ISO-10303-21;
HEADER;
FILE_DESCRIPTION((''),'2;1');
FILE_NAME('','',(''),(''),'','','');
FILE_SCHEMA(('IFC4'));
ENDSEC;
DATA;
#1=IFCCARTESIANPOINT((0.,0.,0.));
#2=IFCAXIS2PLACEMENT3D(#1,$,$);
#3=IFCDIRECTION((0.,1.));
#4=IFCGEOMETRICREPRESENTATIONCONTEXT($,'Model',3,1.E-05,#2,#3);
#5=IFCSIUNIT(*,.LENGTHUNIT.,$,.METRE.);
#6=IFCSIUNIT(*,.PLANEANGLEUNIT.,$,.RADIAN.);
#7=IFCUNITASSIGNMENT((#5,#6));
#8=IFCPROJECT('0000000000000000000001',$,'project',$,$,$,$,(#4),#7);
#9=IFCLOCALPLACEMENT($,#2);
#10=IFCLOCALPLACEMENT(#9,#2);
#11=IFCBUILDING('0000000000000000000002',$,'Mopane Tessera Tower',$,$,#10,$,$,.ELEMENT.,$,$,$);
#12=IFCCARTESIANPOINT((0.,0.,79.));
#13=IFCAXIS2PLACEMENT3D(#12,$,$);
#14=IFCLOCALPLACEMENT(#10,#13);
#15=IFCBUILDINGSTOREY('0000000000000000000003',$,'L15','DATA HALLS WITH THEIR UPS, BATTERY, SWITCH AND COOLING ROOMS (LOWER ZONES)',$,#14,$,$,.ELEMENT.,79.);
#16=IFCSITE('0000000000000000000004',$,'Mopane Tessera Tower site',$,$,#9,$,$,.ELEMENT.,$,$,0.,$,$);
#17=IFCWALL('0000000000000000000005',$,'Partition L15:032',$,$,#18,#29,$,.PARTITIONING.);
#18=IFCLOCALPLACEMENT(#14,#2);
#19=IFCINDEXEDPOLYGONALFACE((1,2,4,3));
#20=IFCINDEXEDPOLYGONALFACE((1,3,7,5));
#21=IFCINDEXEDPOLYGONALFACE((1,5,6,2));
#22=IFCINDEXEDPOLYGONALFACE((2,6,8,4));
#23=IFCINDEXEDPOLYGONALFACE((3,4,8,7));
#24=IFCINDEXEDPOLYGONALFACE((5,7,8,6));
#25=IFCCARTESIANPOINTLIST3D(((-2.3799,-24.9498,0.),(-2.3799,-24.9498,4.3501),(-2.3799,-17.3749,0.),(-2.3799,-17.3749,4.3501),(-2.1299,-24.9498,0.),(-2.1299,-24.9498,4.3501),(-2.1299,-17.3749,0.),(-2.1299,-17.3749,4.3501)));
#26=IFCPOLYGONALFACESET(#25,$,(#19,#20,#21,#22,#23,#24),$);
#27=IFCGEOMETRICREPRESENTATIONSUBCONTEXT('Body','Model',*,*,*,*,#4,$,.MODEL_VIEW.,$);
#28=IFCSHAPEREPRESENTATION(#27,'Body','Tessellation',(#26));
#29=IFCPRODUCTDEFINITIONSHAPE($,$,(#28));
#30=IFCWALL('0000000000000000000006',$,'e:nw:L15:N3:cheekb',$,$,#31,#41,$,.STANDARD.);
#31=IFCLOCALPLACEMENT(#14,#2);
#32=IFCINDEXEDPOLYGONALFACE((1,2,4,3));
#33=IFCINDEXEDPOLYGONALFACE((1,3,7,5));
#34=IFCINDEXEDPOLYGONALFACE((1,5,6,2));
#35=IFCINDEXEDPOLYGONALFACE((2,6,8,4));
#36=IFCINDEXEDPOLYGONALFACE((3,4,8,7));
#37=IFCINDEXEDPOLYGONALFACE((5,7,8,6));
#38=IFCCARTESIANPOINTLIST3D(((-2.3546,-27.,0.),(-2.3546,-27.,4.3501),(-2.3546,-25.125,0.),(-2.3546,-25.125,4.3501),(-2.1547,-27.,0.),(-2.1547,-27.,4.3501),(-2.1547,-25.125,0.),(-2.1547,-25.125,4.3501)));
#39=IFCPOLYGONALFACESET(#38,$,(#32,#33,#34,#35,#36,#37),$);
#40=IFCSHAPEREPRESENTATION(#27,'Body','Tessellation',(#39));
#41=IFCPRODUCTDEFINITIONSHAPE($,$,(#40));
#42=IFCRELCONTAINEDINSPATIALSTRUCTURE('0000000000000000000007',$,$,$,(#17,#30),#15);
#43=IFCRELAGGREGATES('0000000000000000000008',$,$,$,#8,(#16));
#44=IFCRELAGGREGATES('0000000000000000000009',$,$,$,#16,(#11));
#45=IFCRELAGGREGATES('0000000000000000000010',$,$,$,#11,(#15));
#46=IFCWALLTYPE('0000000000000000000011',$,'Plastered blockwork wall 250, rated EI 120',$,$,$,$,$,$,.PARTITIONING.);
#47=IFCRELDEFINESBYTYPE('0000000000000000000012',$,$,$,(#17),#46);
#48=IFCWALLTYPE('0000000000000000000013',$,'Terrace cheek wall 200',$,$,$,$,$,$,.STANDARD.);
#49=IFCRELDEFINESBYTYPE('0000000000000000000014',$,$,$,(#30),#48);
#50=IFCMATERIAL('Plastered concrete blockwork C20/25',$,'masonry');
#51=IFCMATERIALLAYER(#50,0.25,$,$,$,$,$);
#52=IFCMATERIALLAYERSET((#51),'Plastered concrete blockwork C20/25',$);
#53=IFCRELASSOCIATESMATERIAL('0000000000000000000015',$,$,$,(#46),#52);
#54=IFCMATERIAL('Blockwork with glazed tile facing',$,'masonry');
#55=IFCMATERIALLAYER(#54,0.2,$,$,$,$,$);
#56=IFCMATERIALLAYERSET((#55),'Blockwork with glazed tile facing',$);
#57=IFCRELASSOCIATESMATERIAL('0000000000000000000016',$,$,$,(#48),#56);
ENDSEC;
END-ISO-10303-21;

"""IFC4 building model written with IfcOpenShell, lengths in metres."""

from ifc_helpers import new_model, si_unit, direction, frame, frame_2d, origin, place, context, subcontext, project, spatial, rectangle, extrude, material, layer, layer_set, type_object, element, save


model = new_model("IFC4")

# Units and contexts
model_context = context("Model", 3, precision=1e-05, world=origin(), true_north=direction((0.0, 1.0)))
body_context = subcontext(model_context, "Body", "Model", "MODEL_VIEW")
ifc_project = project(units=[si_unit("LENGTHUNIT", "METRE"), si_unit("PLANEANGLEUNIT", "RADIAN")], contexts=[model_context])

# Site, building, storey
site_placement = place(None, origin())
site = spatial("IfcSite", under=ifc_project, at=site_placement, Name="Mopane Tessera Tower site", CompositionType="ELEMENT", RefElevation=0.0)
building_placement = place(site_placement, origin())
building = spatial("IfcBuilding", under=site, at=building_placement, Name="Mopane Tessera Tower", CompositionType="ELEMENT")
storey_placement = place(building_placement, frame((0.0, 0.0, 79.0)))
storey = spatial("IfcBuildingStorey", under=building, at=storey_placement, Name="L15", Description="DATA HALLS WITH THEIR UPS, BATTERY, SWITCH AND COOLING ROOMS (LOWER ZONES)", CompositionType="ELEMENT", Elevation=79.0)

# Shared definitions
ifc_material_1 = material(Name="Plastered concrete blockwork C20/25", Category="masonry")
ifc_layer_1 = layer(ifc_material_1, 0.25)
ifc_layer_set_1 = layer_set([ifc_layer_1], Name="Plastered concrete blockwork C20/25")
wall_type_1 = type_object("IfcWallType", Name="Plastered blockwork wall 250, rated EI 120", PredefinedType="PARTITIONING", material=ifc_layer_set_1)

# Walls
wall_1_placement = place(storey_placement, frame((-2.2549, -24.95, 0.0), z_axis=(0.0, 0.0, 1.0), x_axis=(0.0, 1.0, 0.0)))
element("IfcWall", 1, at=wall_1_placement, inside=storey, type_object=wall_type_1, Name="Partition L15:032", PredefinedType="PARTITIONING", context=body_context, shape_type="SweptSolid", body=[
    extrude(rectangle(XDim=7.575, YDim=0.25, at=frame_2d((3.7876, 0.0))), origin(), (0.0, 0.0, 1.0), 4.3501),
])
ifc_material_2 = material(Name="Blockwork with glazed tile facing", Category="masonry")
ifc_layer_2 = layer(ifc_material_2, 0.2)
ifc_layer_set_2 = layer_set([ifc_layer_2], Name="Blockwork with glazed tile facing")
wall_type_2 = type_object("IfcWallType", Name="Terrace cheek wall 200", PredefinedType="STANDARD", material=ifc_layer_set_2)
wall_2_placement = place(storey_placement, frame((-2.2546, -27.0, 0.0), z_axis=(0.0, 0.0, 1.0), x_axis=(0.0, 1.0, 0.0)))
element("IfcWall", 2, at=wall_2_placement, inside=storey, type_object=wall_type_2, Name="e:nw:L15:N3:cheekb", PredefinedType="STANDARD", context=body_context, shape_type="SweptSolid", body=[
    extrude(rectangle(XDim=1.875, YDim=0.2, at=frame_2d((0.9375, 0.0))), origin(), (0.0, 0.0, 1.0), 4.3501),
])

save(model, "model.ifc")
